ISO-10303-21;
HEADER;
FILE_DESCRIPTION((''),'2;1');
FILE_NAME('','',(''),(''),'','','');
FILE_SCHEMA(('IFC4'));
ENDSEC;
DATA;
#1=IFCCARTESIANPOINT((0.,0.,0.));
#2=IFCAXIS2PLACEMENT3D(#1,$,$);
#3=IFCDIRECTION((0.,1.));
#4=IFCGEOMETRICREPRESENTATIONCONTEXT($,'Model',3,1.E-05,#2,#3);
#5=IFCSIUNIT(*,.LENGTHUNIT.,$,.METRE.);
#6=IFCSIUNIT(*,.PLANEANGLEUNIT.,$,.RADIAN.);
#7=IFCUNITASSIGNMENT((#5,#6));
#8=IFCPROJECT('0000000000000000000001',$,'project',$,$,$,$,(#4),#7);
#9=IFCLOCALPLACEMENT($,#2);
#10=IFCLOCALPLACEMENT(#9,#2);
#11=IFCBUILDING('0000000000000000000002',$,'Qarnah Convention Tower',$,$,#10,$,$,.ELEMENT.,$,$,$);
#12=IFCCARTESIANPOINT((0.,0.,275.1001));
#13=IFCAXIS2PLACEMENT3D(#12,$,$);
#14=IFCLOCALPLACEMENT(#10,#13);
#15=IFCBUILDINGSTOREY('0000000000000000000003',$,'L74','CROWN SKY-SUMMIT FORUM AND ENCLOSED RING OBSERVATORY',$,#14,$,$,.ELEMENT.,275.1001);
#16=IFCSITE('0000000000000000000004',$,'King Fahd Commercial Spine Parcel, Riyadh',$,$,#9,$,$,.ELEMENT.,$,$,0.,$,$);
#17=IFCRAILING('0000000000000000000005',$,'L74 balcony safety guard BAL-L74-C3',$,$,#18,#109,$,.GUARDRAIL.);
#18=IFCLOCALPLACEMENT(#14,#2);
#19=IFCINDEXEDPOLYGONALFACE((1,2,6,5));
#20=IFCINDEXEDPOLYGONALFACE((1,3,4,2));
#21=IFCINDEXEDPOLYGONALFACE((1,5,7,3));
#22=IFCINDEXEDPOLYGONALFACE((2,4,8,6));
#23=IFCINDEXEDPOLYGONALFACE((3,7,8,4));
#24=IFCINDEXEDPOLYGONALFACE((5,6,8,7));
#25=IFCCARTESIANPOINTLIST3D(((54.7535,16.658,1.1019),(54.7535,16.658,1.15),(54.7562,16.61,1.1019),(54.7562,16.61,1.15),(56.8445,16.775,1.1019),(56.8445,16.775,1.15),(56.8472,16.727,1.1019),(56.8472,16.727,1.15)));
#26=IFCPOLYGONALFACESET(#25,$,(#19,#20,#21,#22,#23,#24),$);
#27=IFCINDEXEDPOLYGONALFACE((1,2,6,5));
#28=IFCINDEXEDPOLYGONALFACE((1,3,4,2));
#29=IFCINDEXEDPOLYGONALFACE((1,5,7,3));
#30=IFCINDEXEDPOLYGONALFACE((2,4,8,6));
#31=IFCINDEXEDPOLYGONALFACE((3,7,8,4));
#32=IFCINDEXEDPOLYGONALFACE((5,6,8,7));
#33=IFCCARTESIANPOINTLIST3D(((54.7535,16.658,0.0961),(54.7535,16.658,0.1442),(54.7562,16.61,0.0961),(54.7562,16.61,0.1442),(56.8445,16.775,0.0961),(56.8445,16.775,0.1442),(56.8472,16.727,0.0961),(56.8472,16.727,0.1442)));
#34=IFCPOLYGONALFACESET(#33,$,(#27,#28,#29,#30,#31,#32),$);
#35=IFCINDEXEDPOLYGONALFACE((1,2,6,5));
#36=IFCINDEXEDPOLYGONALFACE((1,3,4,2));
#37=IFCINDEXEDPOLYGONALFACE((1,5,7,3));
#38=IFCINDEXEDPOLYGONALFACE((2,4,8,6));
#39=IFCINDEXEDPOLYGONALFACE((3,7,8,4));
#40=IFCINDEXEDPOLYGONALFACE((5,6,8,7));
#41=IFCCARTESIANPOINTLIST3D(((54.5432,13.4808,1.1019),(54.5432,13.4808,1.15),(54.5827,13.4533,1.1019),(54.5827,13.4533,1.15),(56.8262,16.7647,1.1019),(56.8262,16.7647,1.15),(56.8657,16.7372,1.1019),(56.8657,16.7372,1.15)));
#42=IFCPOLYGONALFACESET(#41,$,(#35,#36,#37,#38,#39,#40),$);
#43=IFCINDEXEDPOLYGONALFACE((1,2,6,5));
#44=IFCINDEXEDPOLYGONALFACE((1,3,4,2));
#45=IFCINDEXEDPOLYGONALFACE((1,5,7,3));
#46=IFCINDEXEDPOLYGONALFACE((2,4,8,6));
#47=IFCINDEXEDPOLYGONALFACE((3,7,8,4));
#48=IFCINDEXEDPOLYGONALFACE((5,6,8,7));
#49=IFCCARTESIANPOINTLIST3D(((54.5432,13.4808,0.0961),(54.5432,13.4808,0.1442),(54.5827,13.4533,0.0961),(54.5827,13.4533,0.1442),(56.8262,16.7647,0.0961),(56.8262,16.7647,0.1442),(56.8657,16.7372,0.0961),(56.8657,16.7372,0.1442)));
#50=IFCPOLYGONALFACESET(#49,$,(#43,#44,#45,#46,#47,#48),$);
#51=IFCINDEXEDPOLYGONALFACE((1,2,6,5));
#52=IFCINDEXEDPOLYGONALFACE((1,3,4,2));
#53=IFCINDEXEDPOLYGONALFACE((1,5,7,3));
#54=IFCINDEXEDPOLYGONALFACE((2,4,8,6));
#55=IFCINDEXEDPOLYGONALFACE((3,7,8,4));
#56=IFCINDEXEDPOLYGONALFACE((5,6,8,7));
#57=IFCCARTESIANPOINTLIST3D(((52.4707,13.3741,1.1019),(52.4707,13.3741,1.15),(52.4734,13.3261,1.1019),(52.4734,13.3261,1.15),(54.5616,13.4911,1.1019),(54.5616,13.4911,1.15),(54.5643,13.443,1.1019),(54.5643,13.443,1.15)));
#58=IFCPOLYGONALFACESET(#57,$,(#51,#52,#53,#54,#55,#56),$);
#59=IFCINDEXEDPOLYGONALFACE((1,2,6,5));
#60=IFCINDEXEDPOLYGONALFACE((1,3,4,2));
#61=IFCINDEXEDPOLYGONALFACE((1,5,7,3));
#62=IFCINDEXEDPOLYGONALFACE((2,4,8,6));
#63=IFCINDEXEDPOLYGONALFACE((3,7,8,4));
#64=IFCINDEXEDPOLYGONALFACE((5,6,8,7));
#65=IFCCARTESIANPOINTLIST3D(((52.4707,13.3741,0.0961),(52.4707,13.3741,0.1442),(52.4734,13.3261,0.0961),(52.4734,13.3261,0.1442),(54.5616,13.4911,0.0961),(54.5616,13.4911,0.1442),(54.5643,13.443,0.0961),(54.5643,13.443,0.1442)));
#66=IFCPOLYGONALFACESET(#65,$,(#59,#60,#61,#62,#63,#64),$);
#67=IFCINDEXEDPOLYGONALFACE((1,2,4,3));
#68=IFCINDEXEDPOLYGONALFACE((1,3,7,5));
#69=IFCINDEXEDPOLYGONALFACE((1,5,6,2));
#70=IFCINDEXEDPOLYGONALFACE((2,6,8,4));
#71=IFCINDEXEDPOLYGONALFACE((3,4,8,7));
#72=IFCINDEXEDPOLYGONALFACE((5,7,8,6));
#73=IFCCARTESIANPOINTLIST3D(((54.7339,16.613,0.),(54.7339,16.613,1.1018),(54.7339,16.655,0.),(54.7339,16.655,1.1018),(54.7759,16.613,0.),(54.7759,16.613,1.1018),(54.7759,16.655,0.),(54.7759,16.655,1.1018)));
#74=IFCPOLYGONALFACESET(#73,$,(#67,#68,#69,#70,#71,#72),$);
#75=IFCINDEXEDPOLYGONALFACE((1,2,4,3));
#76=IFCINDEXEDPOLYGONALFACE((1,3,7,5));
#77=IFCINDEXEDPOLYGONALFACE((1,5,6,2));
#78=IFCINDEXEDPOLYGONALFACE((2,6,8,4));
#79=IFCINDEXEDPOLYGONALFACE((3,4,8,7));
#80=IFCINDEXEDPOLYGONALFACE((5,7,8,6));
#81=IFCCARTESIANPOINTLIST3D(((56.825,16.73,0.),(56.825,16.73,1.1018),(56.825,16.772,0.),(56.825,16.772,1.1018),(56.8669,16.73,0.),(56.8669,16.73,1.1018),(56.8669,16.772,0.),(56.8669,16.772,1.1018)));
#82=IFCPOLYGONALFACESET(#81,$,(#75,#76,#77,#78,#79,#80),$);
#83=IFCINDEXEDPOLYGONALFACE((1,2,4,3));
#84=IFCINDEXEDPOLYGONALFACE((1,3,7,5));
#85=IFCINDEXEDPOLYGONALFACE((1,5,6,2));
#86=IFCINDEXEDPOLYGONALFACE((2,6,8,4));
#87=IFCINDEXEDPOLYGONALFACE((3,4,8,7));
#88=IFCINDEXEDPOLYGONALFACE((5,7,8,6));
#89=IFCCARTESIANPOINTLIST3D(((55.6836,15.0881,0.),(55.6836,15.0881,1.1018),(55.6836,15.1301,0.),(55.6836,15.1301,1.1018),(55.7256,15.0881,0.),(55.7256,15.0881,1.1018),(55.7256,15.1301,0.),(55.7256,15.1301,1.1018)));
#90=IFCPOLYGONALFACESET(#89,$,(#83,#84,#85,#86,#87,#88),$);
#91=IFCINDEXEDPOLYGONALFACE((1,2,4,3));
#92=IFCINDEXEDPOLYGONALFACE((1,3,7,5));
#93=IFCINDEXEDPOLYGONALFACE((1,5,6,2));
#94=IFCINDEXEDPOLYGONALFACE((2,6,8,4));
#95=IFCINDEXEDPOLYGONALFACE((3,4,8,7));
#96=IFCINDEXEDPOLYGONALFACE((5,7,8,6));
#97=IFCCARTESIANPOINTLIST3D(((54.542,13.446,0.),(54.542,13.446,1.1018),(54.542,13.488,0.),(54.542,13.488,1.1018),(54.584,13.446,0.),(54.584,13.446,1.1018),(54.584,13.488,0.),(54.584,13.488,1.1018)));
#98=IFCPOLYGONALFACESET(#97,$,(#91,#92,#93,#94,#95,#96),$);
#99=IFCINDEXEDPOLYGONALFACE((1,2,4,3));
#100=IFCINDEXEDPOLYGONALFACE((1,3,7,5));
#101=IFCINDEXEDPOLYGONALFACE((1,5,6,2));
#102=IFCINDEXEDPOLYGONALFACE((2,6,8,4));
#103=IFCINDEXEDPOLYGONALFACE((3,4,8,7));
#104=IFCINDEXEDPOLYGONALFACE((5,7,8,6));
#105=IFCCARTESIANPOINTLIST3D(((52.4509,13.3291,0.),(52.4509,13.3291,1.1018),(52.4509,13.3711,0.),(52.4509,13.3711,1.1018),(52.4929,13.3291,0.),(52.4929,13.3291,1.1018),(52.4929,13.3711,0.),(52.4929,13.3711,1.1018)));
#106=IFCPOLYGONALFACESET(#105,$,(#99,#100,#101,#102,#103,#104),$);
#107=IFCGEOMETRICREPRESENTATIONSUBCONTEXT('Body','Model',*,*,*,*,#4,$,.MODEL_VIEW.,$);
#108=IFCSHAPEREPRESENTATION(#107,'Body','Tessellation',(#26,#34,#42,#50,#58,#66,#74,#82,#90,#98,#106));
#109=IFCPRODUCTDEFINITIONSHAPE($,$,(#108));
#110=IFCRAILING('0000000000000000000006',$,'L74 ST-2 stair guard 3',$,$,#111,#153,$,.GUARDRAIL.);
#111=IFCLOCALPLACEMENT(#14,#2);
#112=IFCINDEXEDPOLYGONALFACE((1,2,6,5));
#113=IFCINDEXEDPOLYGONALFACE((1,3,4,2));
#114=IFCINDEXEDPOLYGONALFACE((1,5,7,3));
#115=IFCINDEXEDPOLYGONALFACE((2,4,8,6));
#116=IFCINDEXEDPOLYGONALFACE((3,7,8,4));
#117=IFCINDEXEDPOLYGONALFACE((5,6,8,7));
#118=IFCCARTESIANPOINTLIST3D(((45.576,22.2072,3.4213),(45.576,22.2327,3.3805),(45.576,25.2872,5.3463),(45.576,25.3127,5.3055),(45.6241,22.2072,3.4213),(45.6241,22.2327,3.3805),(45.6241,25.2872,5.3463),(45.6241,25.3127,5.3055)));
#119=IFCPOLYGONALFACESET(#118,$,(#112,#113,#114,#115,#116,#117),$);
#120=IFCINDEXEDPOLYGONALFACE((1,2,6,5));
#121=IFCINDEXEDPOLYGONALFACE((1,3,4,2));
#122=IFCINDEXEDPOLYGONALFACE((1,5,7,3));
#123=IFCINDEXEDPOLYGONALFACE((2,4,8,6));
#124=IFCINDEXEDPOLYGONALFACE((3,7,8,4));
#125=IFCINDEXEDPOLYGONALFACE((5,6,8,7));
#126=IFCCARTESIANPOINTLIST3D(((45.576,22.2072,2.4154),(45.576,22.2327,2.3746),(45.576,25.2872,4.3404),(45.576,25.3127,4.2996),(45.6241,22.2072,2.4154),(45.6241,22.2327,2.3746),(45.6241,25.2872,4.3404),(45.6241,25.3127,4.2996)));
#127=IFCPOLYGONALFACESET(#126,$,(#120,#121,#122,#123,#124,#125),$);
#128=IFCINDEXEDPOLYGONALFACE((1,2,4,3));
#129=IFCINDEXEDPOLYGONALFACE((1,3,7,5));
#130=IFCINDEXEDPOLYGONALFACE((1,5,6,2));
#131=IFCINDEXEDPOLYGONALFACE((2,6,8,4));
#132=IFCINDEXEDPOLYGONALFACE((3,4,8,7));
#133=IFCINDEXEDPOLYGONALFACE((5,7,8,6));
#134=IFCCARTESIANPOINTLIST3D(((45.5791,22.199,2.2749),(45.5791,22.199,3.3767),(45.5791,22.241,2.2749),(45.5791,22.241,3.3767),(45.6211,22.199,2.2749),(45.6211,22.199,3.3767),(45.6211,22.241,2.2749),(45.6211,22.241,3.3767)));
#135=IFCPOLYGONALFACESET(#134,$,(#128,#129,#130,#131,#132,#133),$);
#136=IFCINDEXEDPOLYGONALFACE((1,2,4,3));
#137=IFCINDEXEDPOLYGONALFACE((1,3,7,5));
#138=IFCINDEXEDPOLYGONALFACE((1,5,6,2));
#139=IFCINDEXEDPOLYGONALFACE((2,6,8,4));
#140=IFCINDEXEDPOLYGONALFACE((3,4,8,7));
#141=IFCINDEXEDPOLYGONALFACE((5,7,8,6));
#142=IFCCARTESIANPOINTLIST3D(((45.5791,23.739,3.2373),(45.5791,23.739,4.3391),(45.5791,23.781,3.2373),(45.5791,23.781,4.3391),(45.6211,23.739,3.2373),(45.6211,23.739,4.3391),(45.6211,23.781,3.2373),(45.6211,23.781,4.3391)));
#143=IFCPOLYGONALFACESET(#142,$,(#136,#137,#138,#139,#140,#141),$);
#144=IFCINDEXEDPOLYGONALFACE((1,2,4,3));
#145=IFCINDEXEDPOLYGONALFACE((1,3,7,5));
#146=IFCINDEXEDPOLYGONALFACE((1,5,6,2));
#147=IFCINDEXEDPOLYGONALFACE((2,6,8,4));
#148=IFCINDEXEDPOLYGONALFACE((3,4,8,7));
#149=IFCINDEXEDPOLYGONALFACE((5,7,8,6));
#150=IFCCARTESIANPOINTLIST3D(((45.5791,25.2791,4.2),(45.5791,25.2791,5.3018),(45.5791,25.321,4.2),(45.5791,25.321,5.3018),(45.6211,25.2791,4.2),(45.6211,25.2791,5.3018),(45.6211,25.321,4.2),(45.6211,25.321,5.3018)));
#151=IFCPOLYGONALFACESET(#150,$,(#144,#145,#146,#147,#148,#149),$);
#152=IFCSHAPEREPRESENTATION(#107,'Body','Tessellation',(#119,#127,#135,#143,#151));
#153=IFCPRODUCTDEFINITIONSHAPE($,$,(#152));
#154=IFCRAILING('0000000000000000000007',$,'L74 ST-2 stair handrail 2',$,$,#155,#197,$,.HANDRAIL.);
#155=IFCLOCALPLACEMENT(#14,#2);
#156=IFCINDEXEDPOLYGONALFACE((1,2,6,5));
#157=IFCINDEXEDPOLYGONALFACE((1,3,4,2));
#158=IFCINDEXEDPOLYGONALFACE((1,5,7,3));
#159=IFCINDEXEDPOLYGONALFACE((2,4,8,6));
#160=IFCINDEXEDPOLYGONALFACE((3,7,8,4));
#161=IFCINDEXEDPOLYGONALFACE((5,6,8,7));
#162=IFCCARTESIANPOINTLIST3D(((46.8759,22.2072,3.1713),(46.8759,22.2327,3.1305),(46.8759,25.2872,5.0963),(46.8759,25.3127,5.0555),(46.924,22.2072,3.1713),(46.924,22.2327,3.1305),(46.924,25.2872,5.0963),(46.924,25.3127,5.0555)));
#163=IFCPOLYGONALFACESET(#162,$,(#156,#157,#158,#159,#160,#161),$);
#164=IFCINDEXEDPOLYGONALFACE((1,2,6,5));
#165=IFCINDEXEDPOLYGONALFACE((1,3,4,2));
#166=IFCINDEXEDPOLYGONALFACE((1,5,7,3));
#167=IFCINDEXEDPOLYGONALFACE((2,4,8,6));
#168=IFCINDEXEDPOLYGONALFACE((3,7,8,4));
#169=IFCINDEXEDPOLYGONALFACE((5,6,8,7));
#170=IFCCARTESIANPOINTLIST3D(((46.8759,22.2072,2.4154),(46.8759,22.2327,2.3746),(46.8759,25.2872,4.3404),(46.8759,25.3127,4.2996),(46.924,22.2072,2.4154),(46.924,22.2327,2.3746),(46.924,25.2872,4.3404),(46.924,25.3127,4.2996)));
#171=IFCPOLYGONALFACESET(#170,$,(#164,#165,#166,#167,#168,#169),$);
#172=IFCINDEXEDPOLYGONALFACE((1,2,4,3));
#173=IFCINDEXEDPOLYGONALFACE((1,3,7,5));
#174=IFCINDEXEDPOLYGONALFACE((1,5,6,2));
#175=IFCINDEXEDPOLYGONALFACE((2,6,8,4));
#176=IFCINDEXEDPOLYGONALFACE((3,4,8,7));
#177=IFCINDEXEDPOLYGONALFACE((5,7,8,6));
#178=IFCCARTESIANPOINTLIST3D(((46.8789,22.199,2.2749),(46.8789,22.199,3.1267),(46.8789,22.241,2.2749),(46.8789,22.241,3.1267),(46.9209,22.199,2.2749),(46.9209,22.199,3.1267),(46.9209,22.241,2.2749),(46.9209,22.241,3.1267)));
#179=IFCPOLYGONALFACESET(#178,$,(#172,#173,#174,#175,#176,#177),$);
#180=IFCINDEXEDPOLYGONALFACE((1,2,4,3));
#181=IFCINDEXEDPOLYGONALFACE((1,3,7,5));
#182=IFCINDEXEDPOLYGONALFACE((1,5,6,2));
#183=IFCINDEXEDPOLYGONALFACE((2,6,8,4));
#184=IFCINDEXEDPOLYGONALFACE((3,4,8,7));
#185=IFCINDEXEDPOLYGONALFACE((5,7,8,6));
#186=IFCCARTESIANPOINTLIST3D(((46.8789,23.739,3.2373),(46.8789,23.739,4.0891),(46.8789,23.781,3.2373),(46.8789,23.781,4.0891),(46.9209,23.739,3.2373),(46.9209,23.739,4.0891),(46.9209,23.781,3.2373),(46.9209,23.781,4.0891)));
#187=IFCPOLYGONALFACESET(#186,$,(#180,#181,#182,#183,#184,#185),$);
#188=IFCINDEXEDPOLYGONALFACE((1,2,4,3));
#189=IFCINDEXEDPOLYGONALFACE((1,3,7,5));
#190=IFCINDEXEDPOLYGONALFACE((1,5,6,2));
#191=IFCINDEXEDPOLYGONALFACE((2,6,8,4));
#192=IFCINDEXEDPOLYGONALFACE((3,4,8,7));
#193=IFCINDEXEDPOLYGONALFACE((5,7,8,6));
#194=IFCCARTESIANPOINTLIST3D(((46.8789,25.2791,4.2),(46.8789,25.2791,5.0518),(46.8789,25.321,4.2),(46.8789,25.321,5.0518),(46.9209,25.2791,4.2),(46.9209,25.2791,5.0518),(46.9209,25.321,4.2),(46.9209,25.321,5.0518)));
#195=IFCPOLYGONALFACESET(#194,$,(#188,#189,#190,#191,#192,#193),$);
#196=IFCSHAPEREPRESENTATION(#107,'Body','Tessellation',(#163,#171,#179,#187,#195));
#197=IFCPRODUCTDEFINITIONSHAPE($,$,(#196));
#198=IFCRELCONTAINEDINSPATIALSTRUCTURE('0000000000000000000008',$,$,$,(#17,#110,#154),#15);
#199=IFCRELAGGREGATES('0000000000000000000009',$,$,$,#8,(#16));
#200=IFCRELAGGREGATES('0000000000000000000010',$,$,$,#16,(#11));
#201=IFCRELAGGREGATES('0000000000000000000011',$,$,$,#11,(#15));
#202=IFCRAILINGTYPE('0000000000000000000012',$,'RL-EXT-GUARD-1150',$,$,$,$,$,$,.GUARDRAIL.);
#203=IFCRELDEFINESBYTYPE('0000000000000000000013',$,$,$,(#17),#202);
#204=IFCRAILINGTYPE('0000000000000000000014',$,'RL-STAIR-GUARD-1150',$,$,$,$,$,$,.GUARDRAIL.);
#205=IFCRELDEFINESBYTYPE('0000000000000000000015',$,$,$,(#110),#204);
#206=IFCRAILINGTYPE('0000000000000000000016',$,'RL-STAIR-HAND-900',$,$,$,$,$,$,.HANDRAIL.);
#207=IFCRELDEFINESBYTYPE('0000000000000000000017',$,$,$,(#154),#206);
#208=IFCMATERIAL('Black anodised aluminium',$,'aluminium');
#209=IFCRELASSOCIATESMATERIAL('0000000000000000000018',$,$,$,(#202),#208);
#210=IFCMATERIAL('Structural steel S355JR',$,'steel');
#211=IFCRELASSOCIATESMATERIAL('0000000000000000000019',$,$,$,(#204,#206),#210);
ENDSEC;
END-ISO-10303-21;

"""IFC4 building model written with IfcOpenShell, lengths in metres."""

from ifc_helpers import new_model, si_unit, direction, frame, origin, origin_2d, place, context, subcontext, project, spatial, rectangle, extrude, material, type_object, element, save


model = new_model("IFC4")

# Units and contexts
model_context = context("Model", 3, precision=1e-05, world=origin(), true_north=direction((0.0, 1.0)))
body_context = subcontext(model_context, "Body", "Model", "MODEL_VIEW")
ifc_project = project(units=[si_unit("LENGTHUNIT", "METRE"), si_unit("PLANEANGLEUNIT", "RADIAN")], contexts=[model_context])

# Site, building, storey
site_placement = place(None, origin())
site = spatial("IfcSite", under=ifc_project, at=site_placement, Name="King Fahd Commercial Spine Parcel, Riyadh", CompositionType="ELEMENT", RefElevation=0.0)
building_placement = place(site_placement, origin())
building = spatial("IfcBuilding", under=site, at=building_placement, Name="Qarnah Convention Tower", CompositionType="ELEMENT")
storey_placement = place(building_placement, frame((0.0, 0.0, 275.1001)))
storey = spatial("IfcBuildingStorey", under=building, at=storey_placement, Name="L74", Description="CROWN SKY-SUMMIT FORUM AND ENCLOSED RING OBSERVATORY", CompositionType="ELEMENT", Elevation=275.1001)

# Shared definitions
ifc_material_1 = material(Name="Structural steel S355JR", Category="steel")

# Shared definitions
ifc_material_2 = material(Name="Black anodised aluminium", Category="aluminium")

# Railings
railing_type_1 = type_object("IfcRailingType", Name="RL-EXT-GUARD-1150", PredefinedType="GUARDRAIL", material=ifc_material_2)
railing_1_placement = place(storey_placement, frame((54.7549, 16.634, 0.0)))
element("IfcRailing", 1, at=railing_1_placement, inside=storey, type_object=railing_type_1, Name="L74 balcony safety guard BAL-L74-C3", PredefinedType="GUARDRAIL", context=body_context, shape_type="SweptSolid", body=[
    extrude(rectangle(XDim=0.0481, YDim=0.0481, at=origin_2d()), frame((0.0, 0.0, 1.126), z_axis=(0.99844, 0.055838, 0.0), x_axis=(-0.055838, 0.99844, 0.0)), (0.0, 0.0, 1.0), 2.0942),
    extrude(rectangle(XDim=0.0481, YDim=0.0481, at=origin_2d()), frame((0.0, 0.0, 0.1201), z_axis=(0.99844, 0.055838, 0.0), x_axis=(-0.055838, 0.99844, 0.0)), (0.0, 0.0, 1.0), 2.0942),
    extrude(rectangle(XDim=0.0481, YDim=0.0481, at=origin_2d()), frame((2.0911, 0.1169, 1.126), z_axis=(-0.570809, -0.821083, 0.0), x_axis=(0.821083, -0.570809, 0.0)), (0.0, 0.0, 1.0), 3.9995),
    extrude(rectangle(XDim=0.0481, YDim=0.0481, at=origin_2d()), frame((2.0911, 0.1169, 0.1201), z_axis=(-0.570809, -0.821083, 0.0), x_axis=(0.821083, -0.570809, 0.0)), (0.0, 0.0, 1.0), 3.9995),
    extrude(rectangle(XDim=0.0481, YDim=0.0481, at=origin_2d()), frame((-0.1919, -3.167, 1.126), z_axis=(-0.99844, -0.055838, 0.0), x_axis=(0.055838, -0.99844, 0.0)), (0.0, 0.0, 1.0), 2.0942),
    extrude(rectangle(XDim=0.0481, YDim=0.0481, at=origin_2d()), frame((-0.1919, -3.167, 0.1201), z_axis=(-0.99844, -0.055838, 0.0), x_axis=(0.055838, -0.99844, 0.0)), (0.0, 0.0, 1.0), 2.0942),
    extrude(rectangle(XDim=0.042, YDim=0.042, at=origin_2d()), origin(), (0.0, 0.0, 1.0), 1.1018),
    extrude(rectangle(XDim=0.042, YDim=0.042, at=origin_2d()), frame((2.0911, 0.1169, 0.0)), (0.0, 0.0, 1.0), 1.1018),
    extrude(rectangle(XDim=0.042, YDim=0.042, at=origin_2d()), frame((0.9497, -1.5249, 0.0)), (0.0, 0.0, 1.0), 1.1018),
    extrude(rectangle(XDim=0.042, YDim=0.042, at=origin_2d()), frame((-0.1919, -3.167, 0.0)), (0.0, 0.0, 1.0), 1.1018),
    extrude(rectangle(XDim=0.042, YDim=0.042, at=origin_2d()), frame((-2.283, -3.2839, 0.0)), (0.0, 0.0, 1.0), 1.1018),
])
railing_type_2 = type_object("IfcRailingType", Name="RL-STAIR-GUARD-1150", PredefinedType="GUARDRAIL", material=ifc_material_1)
railing_2_placement = place(storey_placement, frame((45.6001, 22.22, 2.2749)))
element("IfcRailing", 2, at=railing_2_placement, inside=storey, type_object=railing_type_2, Name="L74 ST-2 stair guard 3", PredefinedType="GUARDRAIL", context=body_context, shape_type="SweptSolid", body=[
    extrude(rectangle(XDim=0.0481, YDim=0.0481, at=origin_2d()), frame((0.0, 0.0, 1.126), z_axis=(0.0, 0.847998, 0.529999), x_axis=(-1.0, 0.0, 0.0)), (0.0, 0.0, 1.0), 3.6321),
    extrude(rectangle(XDim=0.0481, YDim=0.0481, at=origin_2d()), frame((0.0, 0.0, 0.1201), z_axis=(0.0, 0.847998, 0.529999), x_axis=(-1.0, 0.0, 0.0)), (0.0, 0.0, 1.0), 3.6321),
    extrude(rectangle(XDim=0.042, YDim=0.042, at=origin_2d()), origin(), (0.0, 0.0, 1.0), 1.1018),
    extrude(rectangle(XDim=0.042, YDim=0.042, at=origin_2d()), frame((0.0, 1.54, 0.9624)), (0.0, 0.0, 1.0), 1.1018),
    extrude(rectangle(XDim=0.042, YDim=0.042, at=origin_2d()), frame((0.0, 3.0801, 1.925)), (0.0, 0.0, 1.0), 1.1018),
])
railing_type_3 = type_object("IfcRailingType", Name="RL-STAIR-HAND-900", PredefinedType="HANDRAIL", material=ifc_material_1)
railing_3_placement = place(storey_placement, frame((46.8999, 22.22, 2.2749)))
element("IfcRailing", 3, at=railing_3_placement, inside=storey, type_object=railing_type_3, Name="L74 ST-2 stair handrail 2", PredefinedType="HANDRAIL", context=body_context, shape_type="SweptSolid", body=[
    extrude(rectangle(XDim=0.0481, YDim=0.0481, at=origin_2d()), frame((0.0, 0.0, 0.876), z_axis=(0.0, 0.847998, 0.529999), x_axis=(-1.0, 0.0, 0.0)), (0.0, 0.0, 1.0), 3.6321),
    extrude(rectangle(XDim=0.0481, YDim=0.0481, at=origin_2d()), frame((0.0, 0.0, 0.1201), z_axis=(0.0, 0.847998, 0.529999), x_axis=(-1.0, 0.0, 0.0)), (0.0, 0.0, 1.0), 3.6321),
    extrude(rectangle(XDim=0.042, YDim=0.042, at=origin_2d()), origin(), (0.0, 0.0, 1.0), 0.8518),
    extrude(rectangle(XDim=0.042, YDim=0.042, at=origin_2d()), frame((0.0, 1.54, 0.9624)), (0.0, 0.0, 1.0), 0.8518),
    extrude(rectangle(XDim=0.042, YDim=0.042, at=origin_2d()), frame((0.0, 3.0801, 1.925)), (0.0, 0.0, 1.0), 0.8518),
])

save(model, "model.ifc")
